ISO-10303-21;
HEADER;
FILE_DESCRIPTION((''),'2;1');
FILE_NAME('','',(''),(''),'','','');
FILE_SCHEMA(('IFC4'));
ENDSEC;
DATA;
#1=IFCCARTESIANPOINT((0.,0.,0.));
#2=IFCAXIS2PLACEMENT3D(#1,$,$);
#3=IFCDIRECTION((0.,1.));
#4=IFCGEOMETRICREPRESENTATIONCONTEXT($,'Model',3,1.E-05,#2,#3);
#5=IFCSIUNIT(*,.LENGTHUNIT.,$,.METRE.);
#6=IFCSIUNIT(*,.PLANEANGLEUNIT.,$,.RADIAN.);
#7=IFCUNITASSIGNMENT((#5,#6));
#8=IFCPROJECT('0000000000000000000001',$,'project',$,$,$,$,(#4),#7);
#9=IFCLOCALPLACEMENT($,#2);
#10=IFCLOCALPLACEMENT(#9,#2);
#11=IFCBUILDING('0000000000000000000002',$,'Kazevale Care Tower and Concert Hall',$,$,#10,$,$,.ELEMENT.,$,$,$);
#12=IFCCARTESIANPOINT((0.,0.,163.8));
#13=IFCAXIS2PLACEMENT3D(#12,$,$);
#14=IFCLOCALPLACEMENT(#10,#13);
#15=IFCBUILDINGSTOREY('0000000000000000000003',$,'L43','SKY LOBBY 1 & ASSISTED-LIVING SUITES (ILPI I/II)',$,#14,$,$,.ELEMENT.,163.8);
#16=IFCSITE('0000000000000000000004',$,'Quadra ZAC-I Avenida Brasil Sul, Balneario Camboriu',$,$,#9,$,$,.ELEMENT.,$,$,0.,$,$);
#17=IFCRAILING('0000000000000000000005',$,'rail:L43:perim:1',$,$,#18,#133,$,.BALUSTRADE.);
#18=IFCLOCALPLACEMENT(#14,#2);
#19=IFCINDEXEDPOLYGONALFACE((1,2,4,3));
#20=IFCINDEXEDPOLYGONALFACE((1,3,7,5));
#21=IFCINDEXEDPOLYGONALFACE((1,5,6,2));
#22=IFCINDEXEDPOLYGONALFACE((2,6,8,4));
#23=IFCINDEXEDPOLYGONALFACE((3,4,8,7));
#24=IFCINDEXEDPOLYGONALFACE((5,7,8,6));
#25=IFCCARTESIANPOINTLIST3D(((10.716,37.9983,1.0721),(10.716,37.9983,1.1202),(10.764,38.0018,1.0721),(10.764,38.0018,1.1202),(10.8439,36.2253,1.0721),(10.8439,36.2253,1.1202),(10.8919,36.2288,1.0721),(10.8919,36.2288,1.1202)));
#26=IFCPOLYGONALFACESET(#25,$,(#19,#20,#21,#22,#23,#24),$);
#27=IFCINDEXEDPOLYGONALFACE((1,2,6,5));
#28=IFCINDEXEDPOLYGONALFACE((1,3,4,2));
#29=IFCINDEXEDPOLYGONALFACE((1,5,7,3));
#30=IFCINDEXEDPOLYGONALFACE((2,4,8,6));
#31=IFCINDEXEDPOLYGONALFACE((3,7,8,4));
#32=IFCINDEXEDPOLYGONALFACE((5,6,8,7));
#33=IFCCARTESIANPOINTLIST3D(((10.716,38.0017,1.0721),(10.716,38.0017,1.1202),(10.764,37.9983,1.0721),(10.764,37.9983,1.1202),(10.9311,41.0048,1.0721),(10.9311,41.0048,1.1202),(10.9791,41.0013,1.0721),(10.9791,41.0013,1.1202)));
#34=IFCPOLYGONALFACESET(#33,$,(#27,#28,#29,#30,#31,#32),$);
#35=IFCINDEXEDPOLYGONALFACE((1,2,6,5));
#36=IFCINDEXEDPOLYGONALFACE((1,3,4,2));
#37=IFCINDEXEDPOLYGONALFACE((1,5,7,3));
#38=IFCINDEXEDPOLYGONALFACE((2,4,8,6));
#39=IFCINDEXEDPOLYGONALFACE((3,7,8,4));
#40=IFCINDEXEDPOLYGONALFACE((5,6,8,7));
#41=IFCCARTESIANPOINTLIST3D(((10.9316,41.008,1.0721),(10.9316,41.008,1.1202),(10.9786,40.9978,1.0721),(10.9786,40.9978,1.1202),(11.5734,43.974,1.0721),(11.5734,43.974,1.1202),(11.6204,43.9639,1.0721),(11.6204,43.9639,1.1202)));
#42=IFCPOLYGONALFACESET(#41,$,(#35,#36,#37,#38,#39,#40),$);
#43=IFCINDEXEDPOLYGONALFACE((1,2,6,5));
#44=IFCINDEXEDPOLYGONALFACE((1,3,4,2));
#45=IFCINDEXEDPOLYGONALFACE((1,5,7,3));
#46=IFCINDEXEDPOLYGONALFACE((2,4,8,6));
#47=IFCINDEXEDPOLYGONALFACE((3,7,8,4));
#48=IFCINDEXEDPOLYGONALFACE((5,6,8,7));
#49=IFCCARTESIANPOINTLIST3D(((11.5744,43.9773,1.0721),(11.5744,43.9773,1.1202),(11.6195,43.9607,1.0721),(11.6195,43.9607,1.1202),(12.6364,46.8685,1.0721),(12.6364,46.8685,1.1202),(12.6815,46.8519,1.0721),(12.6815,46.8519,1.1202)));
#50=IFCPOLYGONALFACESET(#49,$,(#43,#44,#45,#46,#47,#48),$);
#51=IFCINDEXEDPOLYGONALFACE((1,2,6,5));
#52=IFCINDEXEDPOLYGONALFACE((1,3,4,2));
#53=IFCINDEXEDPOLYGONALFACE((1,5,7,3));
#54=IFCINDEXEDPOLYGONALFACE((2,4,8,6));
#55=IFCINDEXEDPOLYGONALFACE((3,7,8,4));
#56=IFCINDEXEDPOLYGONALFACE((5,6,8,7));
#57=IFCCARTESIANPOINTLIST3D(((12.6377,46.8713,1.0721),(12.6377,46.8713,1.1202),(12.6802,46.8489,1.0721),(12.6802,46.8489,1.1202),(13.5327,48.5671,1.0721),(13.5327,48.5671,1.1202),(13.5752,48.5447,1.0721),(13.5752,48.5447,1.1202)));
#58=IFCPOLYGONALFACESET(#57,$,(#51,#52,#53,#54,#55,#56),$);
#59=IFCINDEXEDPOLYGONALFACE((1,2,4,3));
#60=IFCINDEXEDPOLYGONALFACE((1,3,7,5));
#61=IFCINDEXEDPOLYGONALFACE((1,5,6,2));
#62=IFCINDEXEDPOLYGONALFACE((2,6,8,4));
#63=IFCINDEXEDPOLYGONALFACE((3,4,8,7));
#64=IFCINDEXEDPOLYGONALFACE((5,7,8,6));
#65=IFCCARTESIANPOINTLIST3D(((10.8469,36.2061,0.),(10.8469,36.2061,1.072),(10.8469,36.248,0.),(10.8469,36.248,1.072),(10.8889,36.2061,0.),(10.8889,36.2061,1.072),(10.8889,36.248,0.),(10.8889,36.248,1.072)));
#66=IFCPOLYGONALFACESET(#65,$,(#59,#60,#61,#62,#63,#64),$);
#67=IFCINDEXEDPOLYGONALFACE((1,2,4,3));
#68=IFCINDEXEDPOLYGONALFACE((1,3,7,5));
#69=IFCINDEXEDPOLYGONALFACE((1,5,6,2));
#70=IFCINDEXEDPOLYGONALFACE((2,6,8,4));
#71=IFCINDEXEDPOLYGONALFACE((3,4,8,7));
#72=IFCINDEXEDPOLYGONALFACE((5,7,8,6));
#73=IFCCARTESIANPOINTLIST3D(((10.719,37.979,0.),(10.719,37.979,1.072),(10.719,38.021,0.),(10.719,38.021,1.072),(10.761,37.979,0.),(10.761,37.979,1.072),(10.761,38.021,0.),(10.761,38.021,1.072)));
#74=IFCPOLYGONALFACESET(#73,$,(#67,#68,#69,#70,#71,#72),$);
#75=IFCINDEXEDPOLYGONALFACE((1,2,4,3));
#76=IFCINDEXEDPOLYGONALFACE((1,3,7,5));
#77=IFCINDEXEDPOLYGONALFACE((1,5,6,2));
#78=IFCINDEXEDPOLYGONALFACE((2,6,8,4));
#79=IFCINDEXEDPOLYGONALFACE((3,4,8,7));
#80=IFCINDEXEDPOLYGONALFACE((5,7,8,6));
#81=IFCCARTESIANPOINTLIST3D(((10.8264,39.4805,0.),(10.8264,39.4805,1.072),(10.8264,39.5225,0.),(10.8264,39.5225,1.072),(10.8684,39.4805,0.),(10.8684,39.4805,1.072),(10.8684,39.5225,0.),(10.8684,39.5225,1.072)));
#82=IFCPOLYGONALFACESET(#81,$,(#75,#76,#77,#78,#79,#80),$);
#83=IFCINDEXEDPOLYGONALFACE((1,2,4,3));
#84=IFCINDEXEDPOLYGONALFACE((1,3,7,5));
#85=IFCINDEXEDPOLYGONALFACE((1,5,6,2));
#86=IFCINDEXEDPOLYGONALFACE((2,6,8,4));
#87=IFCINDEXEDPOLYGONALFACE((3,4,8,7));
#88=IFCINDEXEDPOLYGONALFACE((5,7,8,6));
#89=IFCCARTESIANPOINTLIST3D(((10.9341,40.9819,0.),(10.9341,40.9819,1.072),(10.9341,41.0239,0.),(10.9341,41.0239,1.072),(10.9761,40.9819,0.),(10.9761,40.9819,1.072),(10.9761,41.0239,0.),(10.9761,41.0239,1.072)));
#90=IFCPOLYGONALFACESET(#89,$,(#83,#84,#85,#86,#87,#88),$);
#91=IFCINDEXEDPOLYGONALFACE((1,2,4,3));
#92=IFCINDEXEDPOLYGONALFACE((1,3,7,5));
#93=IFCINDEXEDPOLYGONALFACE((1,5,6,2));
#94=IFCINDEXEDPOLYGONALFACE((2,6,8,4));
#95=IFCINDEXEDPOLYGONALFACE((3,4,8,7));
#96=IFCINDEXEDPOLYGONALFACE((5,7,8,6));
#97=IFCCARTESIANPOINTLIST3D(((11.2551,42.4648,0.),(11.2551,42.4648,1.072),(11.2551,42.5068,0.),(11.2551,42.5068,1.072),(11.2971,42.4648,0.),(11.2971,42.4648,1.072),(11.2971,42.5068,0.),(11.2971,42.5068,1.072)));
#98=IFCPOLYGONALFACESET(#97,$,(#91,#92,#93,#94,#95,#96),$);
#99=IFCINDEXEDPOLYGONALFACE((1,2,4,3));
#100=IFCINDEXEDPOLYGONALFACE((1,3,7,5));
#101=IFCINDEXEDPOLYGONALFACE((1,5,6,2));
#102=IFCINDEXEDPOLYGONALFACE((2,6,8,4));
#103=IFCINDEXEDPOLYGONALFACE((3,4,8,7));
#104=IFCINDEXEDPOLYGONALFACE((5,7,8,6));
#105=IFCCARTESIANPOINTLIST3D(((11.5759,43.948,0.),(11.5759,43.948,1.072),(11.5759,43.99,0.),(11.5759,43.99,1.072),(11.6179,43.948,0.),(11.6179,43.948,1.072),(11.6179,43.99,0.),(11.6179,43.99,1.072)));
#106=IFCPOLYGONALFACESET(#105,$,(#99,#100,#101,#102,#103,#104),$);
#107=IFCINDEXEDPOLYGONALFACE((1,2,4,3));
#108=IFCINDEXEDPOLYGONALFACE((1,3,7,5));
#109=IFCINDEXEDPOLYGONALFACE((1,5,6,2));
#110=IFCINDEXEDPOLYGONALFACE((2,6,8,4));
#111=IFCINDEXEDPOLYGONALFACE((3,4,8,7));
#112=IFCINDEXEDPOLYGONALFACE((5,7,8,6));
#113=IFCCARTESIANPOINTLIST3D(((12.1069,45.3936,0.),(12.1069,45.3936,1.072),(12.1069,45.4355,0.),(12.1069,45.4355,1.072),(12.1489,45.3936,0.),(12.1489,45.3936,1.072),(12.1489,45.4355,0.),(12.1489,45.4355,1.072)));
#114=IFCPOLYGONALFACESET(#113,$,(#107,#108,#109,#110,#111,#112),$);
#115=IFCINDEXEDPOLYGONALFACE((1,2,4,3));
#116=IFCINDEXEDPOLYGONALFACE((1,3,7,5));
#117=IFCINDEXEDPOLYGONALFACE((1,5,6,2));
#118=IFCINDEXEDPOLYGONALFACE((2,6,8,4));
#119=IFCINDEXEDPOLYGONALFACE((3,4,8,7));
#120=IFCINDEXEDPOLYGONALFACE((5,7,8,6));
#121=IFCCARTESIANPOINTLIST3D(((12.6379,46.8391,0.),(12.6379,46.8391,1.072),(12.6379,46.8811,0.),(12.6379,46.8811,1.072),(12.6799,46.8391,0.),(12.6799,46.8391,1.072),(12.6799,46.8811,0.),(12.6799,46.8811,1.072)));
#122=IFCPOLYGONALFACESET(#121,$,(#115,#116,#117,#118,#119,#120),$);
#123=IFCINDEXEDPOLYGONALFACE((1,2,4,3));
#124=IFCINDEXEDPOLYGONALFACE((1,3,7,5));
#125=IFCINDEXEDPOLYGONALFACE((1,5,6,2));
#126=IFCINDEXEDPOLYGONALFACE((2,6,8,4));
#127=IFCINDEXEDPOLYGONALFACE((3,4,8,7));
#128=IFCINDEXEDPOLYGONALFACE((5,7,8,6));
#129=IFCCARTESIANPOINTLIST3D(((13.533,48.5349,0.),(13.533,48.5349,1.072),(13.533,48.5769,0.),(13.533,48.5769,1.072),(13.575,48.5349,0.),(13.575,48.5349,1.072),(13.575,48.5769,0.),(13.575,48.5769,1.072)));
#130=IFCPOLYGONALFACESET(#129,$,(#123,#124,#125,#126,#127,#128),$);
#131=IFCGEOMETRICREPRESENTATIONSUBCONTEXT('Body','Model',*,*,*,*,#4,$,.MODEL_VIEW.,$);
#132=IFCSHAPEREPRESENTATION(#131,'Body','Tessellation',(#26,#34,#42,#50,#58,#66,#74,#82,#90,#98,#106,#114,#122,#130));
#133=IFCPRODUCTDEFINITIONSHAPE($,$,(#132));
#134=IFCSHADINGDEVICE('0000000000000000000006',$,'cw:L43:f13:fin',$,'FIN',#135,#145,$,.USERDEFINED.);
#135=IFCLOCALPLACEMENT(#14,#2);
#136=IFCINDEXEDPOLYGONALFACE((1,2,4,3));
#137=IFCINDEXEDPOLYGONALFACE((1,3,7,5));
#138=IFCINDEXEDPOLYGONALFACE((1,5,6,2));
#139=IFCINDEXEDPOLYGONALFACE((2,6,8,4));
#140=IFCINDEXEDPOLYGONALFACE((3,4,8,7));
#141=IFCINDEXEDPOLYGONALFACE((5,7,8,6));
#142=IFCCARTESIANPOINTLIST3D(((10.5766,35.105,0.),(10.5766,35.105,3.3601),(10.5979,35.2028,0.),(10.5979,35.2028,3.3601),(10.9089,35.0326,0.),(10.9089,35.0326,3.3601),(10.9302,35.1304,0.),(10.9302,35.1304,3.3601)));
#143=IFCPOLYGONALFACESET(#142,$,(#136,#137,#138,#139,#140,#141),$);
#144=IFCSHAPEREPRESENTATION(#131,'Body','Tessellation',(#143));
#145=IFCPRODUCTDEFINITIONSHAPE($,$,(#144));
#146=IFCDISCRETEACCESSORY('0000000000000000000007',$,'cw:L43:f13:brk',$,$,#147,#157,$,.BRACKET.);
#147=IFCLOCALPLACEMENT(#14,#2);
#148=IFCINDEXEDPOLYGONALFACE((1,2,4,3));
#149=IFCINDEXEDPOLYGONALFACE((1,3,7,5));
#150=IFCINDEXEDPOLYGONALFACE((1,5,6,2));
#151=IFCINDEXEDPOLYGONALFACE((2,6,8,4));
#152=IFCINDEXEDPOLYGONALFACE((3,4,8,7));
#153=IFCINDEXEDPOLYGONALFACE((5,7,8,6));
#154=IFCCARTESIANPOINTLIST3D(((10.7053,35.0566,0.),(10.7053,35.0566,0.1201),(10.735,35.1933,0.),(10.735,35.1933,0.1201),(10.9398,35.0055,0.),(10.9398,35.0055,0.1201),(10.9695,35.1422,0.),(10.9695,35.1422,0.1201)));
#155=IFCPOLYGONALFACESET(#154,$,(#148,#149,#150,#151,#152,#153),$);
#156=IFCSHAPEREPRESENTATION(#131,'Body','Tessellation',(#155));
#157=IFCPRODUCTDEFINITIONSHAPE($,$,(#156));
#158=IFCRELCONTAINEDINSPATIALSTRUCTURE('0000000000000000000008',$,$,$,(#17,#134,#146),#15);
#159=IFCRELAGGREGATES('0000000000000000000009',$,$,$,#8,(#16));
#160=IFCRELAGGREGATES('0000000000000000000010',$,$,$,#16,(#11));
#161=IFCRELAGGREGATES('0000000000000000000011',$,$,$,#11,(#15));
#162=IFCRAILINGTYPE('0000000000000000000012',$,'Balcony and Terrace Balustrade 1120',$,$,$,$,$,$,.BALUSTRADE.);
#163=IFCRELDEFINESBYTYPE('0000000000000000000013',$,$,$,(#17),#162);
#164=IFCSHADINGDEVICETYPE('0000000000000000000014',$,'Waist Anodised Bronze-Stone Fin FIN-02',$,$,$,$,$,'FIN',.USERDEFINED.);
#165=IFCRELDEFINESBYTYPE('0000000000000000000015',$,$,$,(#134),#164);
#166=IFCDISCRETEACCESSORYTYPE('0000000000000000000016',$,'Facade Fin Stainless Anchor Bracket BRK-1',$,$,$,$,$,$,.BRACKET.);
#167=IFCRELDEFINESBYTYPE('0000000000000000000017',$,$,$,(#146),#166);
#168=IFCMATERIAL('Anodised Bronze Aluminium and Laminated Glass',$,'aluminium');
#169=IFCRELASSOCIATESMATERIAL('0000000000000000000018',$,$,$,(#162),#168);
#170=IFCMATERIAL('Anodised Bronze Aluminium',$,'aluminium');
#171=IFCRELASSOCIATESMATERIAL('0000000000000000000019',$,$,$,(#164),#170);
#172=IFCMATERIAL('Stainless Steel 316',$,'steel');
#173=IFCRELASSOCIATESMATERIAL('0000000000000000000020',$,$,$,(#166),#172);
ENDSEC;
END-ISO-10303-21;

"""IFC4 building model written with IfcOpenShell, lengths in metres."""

from ifc_helpers import new_model, si_unit, direction, frame, origin, origin_2d, place, context, subcontext, project, spatial, rectangle, extrude, material, type_object, element, save


model = new_model("IFC4")

# Units and contexts
model_context = context("Model", 3, precision=1e-05, world=origin(), true_north=direction((0.0, 1.0)))
body_context = subcontext(model_context, "Body", "Model", "MODEL_VIEW")
ifc_project = project(units=[si_unit("LENGTHUNIT", "METRE"), si_unit("PLANEANGLEUNIT", "RADIAN")], contexts=[model_context])

# Site, building, storey
site_placement = place(None, origin())
site = spatial("IfcSite", under=ifc_project, at=site_placement, Name="Quadra ZAC-I Avenida Brasil Sul, Balneario Camboriu", CompositionType="ELEMENT", RefElevation=0.0)
building_placement = place(site_placement, origin())
building = spatial("IfcBuilding", under=site, at=building_placement, Name="Kazevale Care Tower and Concert Hall", CompositionType="ELEMENT")
storey_placement = place(building_placement, frame((0.0, 0.0, 163.8)))
storey = spatial("IfcBuildingStorey", under=building, at=storey_placement, Name="L43", Description="SKY LOBBY 1 & ASSISTED-LIVING SUITES (ILPI I/II)", CompositionType="ELEMENT", Elevation=163.8)

# Shared definitions
ifc_material_1 = material(Name="Stainless Steel 316", Category="steel")

# Railing
ifc_material_2 = material(Name="Anodised Bronze Aluminium and Laminated Glass", Category="aluminium")
railing_type = type_object("IfcRailingType", Name="Balcony and Terrace Balustrade 1120", PredefinedType="BALUSTRADE", material=ifc_material_2)
railing_placement = place(storey_placement, frame((10.8679, 36.2271, 0.0)))
element("IfcRailing", 1, at=railing_placement, inside=storey, type_object=railing_type, Name="rail:L43:perim:1", PredefinedType="BALUSTRADE", context=body_context, shape_type="SweptSolid", body=[
    extrude(rectangle(XDim=0.0481, YDim=0.0481, at=origin_2d()), frame((0.0, 0.0, 1.0962), z_axis=(-0.071969, 0.997407, 0.0), x_axis=(-0.997407, -0.071969, 0.0)), (0.0, 0.0, 1.0), 1.7776),
    extrude(rectangle(XDim=0.0481, YDim=0.0481, at=origin_2d()), frame((-0.1279, 1.7729, 1.0962), z_axis=(0.071443, 0.997445, 0.0), x_axis=(-0.997445, 0.071443, 0.0)), (0.0, 0.0, 1.0), 3.0107),
    extrude(rectangle(XDim=0.0481, YDim=0.0481, at=origin_2d()), frame((0.0872, 4.7759, 1.0962), z_axis=(0.211501, 0.977378, 0.0), x_axis=(-0.977378, 0.211501, 0.0)), (0.0, 0.0, 1.0), 3.0347),
    extrude(rectangle(XDim=0.0481, YDim=0.0481, at=origin_2d()), frame((0.729, 7.7419, 1.0962), z_axis=(0.344809, 0.938673, 0.0), x_axis=(-0.938673, 0.344809, 0.0)), (0.0, 0.0, 1.0), 3.0801),
    extrude(rectangle(XDim=0.0481, YDim=0.0481, at=origin_2d()), frame((1.791, 10.6331, 1.0962), z_axis=(0.466764, 0.884382, 0.0), x_axis=(-0.884382, 0.466764, 0.0)), (0.0, 0.0, 1.0), 1.9175),
    extrude(rectangle(XDim=0.042, YDim=0.042, at=origin_2d()), origin(), (0.0, 0.0, 1.0), 1.072),
    extrude(rectangle(XDim=0.042, YDim=0.042, at=origin_2d()), frame((-0.1279, 1.7729, 0.0)), (0.0, 0.0, 1.0), 1.072),
    extrude(rectangle(XDim=0.042, YDim=0.042, at=origin_2d()), frame((-0.0205, 3.2744, 0.0)), (0.0, 0.0, 1.0), 1.072),
    extrude(rectangle(XDim=0.042, YDim=0.042, at=origin_2d()), frame((0.0872, 4.7759, 0.0)), (0.0, 0.0, 1.0), 1.072),
    extrude(rectangle(XDim=0.042, YDim=0.042, at=origin_2d()), frame((0.4082, 6.2588, 0.0)), (0.0, 0.0, 1.0), 1.072),
    extrude(rectangle(XDim=0.042, YDim=0.042, at=origin_2d()), frame((0.729, 7.7419, 0.0)), (0.0, 0.0, 1.0), 1.072),
    extrude(rectangle(XDim=0.042, YDim=0.042, at=origin_2d()), frame((1.26, 9.1875, 0.0)), (0.0, 0.0, 1.0), 1.072),
    extrude(rectangle(XDim=0.042, YDim=0.042, at=origin_2d()), frame((1.791, 10.6331, 0.0)), (0.0, 0.0, 1.0), 1.072),
    extrude(rectangle(XDim=0.042, YDim=0.042, at=origin_2d()), frame((2.686, 12.3289, 0.0)), (0.0, 0.0, 1.0), 1.072),
])

# Shading device
ifc_material_3 = material(Name="Anodised Bronze Aluminium", Category="aluminium")
shading_device_type = type_object("IfcShadingDeviceType", Name="Waist Anodised Bronze-Stone Fin FIN-02", ElementType="FIN", PredefinedType="USERDEFINED", material=ifc_material_3)
shading_device_placement = place(storey_placement, frame((10.7534, 35.1177, 0.0), z_axis=(0.0, 0.0, 1.0), x_axis=(-0.977083, 0.21286, 0.0)))
element("IfcShadingDevice", 2, at=shading_device_placement, inside=storey, type_object=shading_device_type, Name="cw:L43:f13:fin", ObjectType="FIN", PredefinedType="USERDEFINED", context=body_context, shape_type="SweptSolid", body=[
    extrude(rectangle(XDim=0.3401, YDim=0.1001, at=origin_2d()), origin(), (0.0, 0.0, 1.0), 3.3601),
])

# Discrete accessory
discrete_accessory_type = type_object("IfcDiscreteAccessoryType", Name="Facade Fin Stainless Anchor Bracket BRK-1", PredefinedType="BRACKET", material=ifc_material_1)
discrete_accessory_placement = place(storey_placement, frame((10.8374, 35.0994, 0.0), z_axis=(0.0, 0.0, 1.0), x_axis=(-0.977083, 0.21286, 0.0)))
element("IfcDiscreteAccessory", 3, at=discrete_accessory_placement, inside=storey, type_object=discrete_accessory_type, Name="cw:L43:f13:brk", PredefinedType="BRACKET", context=body_context, shape_type="SweptSolid", body=[
    extrude(rectangle(XDim=0.24, YDim=0.1399, at=origin_2d()), origin(), (0.0, 0.0, 1.0), 0.1201),
])

save(model, "model.ifc")
